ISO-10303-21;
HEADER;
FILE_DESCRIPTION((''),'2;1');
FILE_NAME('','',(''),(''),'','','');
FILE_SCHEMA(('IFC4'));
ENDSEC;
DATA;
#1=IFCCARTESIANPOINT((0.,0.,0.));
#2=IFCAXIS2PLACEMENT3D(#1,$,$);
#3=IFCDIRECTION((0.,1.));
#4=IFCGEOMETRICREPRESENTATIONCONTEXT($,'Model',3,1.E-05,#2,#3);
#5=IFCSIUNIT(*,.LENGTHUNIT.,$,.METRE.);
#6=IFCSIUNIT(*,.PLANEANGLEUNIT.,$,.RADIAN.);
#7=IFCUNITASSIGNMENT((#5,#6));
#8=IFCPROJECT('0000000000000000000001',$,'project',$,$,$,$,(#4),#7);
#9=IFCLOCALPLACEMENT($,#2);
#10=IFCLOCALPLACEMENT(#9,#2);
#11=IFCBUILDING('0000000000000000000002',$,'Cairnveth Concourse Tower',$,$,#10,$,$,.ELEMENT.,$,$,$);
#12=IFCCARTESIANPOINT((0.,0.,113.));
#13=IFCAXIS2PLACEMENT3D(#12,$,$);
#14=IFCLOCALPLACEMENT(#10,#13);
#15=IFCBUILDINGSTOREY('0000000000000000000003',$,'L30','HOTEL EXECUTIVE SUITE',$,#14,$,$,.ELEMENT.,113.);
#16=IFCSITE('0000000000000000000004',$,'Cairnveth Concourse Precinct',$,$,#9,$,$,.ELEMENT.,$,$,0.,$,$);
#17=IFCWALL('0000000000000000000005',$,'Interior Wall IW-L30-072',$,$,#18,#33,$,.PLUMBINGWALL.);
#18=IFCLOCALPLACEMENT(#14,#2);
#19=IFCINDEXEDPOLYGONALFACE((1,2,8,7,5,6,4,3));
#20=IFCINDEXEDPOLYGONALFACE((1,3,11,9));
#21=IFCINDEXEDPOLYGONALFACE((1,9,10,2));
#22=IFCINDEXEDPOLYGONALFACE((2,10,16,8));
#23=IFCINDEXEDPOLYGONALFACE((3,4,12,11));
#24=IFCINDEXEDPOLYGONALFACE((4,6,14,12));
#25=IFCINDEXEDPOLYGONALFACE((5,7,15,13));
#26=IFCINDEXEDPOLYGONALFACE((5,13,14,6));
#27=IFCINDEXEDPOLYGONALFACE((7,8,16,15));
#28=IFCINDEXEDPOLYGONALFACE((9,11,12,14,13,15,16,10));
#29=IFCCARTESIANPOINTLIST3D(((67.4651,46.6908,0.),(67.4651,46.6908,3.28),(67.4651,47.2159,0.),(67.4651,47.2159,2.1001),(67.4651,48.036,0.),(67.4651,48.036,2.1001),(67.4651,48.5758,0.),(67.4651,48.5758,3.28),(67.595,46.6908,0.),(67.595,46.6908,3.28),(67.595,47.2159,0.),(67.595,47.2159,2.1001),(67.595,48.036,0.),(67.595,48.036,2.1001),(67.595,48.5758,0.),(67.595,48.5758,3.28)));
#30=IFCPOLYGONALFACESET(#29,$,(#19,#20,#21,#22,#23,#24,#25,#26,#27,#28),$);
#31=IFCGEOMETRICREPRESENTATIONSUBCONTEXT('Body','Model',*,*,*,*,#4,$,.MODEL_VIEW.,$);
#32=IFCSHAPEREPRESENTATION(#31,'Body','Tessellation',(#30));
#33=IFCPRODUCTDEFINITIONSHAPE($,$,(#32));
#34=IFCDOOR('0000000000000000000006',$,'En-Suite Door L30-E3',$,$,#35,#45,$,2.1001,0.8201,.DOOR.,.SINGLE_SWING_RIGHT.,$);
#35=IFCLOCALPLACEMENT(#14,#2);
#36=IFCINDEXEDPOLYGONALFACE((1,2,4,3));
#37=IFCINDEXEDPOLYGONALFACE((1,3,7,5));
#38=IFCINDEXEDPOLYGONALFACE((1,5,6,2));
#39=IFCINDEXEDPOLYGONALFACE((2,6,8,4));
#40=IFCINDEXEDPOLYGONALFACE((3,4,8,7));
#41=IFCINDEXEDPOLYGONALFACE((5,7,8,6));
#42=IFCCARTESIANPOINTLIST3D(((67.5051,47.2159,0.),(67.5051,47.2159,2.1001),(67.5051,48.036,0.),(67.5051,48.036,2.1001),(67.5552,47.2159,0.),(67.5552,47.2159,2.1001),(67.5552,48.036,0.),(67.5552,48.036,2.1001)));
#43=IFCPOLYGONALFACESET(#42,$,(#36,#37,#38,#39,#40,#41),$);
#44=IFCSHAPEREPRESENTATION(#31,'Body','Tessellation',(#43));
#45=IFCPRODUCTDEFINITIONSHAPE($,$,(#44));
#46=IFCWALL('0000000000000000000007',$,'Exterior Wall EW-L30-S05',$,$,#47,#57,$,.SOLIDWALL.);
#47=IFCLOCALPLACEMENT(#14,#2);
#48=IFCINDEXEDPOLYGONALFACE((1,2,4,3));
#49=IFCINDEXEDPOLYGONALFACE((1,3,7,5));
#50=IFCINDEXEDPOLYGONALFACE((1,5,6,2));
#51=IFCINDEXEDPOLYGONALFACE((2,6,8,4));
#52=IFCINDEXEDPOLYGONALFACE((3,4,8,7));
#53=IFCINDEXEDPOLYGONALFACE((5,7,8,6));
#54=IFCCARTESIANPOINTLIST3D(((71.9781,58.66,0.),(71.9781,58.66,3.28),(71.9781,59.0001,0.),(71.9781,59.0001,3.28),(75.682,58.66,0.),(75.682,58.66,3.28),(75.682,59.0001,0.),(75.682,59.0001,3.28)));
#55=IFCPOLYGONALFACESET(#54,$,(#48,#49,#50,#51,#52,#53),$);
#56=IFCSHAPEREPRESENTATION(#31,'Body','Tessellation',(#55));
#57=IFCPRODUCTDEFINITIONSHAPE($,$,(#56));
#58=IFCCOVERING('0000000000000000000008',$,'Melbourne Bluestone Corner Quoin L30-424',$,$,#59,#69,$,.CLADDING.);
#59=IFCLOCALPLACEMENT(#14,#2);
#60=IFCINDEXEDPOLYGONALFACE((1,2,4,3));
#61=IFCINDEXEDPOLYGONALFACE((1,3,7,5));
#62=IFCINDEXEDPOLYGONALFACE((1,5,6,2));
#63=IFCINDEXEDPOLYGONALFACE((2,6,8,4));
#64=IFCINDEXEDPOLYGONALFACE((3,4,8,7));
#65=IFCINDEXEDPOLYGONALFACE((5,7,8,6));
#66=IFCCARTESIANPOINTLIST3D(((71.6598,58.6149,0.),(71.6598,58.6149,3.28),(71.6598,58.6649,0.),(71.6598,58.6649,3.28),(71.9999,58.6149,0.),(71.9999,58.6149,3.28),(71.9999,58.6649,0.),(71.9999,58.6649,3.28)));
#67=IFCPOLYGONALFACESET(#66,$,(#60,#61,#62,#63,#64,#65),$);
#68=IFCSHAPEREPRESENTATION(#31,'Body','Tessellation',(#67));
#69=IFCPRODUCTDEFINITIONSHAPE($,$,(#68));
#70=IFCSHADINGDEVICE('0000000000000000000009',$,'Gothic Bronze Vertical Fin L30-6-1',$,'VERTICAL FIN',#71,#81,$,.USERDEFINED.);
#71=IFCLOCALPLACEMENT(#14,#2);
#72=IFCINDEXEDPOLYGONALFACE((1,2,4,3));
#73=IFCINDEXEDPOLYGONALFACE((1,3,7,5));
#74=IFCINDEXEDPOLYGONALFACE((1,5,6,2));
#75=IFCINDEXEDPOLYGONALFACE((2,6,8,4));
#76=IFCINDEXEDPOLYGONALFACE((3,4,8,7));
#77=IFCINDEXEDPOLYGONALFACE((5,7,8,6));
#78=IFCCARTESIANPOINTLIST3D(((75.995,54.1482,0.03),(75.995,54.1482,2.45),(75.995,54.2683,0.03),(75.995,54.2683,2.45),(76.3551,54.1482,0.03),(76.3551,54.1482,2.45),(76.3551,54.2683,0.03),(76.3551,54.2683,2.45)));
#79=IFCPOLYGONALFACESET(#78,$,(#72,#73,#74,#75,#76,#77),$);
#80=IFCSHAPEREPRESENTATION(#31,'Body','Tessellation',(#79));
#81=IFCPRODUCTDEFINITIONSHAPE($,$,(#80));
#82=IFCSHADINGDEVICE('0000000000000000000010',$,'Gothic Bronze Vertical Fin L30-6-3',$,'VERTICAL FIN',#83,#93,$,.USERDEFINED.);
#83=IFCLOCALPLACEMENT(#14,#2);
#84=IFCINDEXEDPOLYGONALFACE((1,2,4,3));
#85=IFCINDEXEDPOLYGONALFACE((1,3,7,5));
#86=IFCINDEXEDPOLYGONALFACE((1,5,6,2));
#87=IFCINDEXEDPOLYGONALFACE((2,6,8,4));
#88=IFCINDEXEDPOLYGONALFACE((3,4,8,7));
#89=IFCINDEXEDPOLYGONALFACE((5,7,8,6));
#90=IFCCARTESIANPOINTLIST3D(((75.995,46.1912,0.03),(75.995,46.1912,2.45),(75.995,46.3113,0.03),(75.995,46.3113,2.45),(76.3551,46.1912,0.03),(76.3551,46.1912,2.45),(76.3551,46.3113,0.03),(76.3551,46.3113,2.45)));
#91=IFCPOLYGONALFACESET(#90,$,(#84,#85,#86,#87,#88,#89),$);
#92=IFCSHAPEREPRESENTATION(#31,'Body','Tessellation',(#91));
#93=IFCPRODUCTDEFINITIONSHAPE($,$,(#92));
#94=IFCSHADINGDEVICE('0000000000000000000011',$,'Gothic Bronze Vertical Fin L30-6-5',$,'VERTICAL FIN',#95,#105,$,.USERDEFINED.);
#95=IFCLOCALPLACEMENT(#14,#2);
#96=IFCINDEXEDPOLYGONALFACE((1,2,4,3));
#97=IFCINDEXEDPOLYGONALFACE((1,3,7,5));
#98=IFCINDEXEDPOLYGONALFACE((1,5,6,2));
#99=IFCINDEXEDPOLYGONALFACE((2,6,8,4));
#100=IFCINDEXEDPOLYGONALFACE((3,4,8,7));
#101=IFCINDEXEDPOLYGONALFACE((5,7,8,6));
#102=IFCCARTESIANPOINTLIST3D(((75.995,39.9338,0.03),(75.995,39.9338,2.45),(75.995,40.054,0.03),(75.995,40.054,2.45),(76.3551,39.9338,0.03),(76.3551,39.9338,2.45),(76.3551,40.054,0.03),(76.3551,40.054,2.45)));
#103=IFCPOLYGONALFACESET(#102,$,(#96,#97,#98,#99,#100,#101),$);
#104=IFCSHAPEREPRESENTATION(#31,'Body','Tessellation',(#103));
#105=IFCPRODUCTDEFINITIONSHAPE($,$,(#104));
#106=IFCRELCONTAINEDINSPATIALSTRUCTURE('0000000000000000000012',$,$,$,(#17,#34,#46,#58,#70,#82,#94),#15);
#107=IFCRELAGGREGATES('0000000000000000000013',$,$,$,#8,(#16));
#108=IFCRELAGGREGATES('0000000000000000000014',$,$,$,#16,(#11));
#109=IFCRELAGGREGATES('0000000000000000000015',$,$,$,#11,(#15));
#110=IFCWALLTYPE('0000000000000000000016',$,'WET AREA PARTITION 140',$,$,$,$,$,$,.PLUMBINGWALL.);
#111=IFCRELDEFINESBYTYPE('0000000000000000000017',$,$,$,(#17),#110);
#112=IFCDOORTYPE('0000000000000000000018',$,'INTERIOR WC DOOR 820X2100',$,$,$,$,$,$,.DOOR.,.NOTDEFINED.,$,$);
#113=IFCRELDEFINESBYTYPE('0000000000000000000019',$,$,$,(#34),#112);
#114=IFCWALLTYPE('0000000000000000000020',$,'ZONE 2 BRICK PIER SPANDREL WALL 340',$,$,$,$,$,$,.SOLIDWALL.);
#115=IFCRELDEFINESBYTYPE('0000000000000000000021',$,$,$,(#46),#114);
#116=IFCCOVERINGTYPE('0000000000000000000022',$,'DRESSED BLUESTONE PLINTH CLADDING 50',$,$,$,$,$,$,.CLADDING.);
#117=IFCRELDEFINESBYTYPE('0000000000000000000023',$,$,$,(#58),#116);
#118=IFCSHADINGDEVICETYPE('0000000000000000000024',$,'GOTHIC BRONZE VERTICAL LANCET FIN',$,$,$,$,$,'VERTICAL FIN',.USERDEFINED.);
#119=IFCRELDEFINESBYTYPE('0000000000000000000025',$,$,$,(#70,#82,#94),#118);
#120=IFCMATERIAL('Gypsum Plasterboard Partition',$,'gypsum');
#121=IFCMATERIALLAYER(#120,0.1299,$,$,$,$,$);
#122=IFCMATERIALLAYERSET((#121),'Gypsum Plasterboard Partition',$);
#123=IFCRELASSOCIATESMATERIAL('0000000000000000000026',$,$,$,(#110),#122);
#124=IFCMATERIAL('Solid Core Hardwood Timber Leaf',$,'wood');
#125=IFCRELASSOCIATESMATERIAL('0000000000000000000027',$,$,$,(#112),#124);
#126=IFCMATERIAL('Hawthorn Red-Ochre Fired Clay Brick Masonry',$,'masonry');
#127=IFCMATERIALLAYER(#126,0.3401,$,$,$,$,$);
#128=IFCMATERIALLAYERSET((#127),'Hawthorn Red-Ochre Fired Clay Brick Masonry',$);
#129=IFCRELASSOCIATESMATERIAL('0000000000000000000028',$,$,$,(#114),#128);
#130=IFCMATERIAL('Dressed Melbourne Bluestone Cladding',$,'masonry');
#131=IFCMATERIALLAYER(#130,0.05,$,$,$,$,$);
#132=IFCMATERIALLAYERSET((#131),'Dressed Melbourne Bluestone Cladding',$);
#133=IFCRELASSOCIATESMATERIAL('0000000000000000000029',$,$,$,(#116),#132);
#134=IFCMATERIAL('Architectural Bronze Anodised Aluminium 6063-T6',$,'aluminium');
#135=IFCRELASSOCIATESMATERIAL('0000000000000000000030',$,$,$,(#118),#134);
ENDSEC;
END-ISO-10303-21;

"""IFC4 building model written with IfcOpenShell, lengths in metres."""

from ifc_helpers import new_model, si_unit, direction, frame, frame_2d, origin, origin_2d, place, context, subcontext, project, spatial, rectangle, extrude, material, layer, layer_set, type_object, element, fill, save


model = new_model("IFC4")

# Units and contexts
model_context = context("Model", 3, precision=1e-05, world=origin(), true_north=direction((0.0, 1.0)))
body_context = subcontext(model_context, "Body", "Model", "MODEL_VIEW")
ifc_project = project(units=[si_unit("LENGTHUNIT", "METRE"), si_unit("PLANEANGLEUNIT", "RADIAN")], contexts=[model_context])

# Site, building, storey
site_placement = place(None, origin())
site = spatial("IfcSite", under=ifc_project, at=site_placement, Name="Cairnveth Concourse Precinct", CompositionType="ELEMENT", RefElevation=0.0)
building_placement = place(site_placement, origin())
building = spatial("IfcBuilding", under=site, at=building_placement, Name="Cairnveth Concourse Tower", CompositionType="ELEMENT")
storey_placement = place(building_placement, frame((0.0, 0.0, 113.0)))
storey = spatial("IfcBuildingStorey", under=building, at=storey_placement, Name="L30", Description="HOTEL EXECUTIVE SUITE", CompositionType="ELEMENT", Elevation=113.0)

# Shared definitions
ifc_material_1 = material(Name="Gypsum Plasterboard Partition", Category="gypsum")
ifc_material_2 = material(Name="Solid Core Hardwood Timber Leaf", Category="wood")

# Shared definitions
ifc_layer_1 = layer(ifc_material_1, 0.1299)
ifc_layer_set_1 = layer_set([ifc_layer_1], Name="Gypsum Plasterboard Partition")
wall_type_1 = type_object("IfcWallType", Name="WET AREA PARTITION 140", PredefinedType="PLUMBINGWALL", material=ifc_layer_set_1)

# Wall, opening, door
wall_1_placement = place(storey_placement, frame((67.53, 46.6909, 0.0), z_axis=(0.0, 0.0, 1.0), x_axis=(0.0, 1.0, 0.0)))
wall_1 = element("IfcWall", 1, at=wall_1_placement, inside=storey, type_object=wall_type_1, Name="Interior Wall IW-L30-072", PredefinedType="PLUMBINGWALL", context=body_context, shape_type="SweptSolid", body=[
    extrude(rectangle(XDim=1.885, YDim=0.1299, at=frame_2d((0.9424, 0.0))), origin(), (0.0, 0.0, 1.0), 3.28),
])
opening_1_placement = place(wall_1_placement, frame((0.5249, 0.0, 0.0)))
opening_1 = element("IfcOpeningElement", 2, at=opening_1_placement, cuts=wall_1, PredefinedType="OPENING", context=body_context, shape_type="SweptSolid", body=[
    extrude(rectangle(XDim=0.8201, YDim=2.1001, at=frame_2d((0.4102, 1.05))), frame((0.0, 0.075, 0.0), z_axis=(0.0, -1.0, 0.0), x_axis=(1.0, 0.0, 0.0)), (0.0, 0.0, 1.0), 0.1499),
])
door_type_1 = type_object("IfcDoorType", Name="INTERIOR WC DOOR 820X2100", OperationType="NOTDEFINED", PredefinedType="DOOR", material=ifc_material_2)
door_1_placement = place(opening_1_placement, origin())
door_1 = element("IfcDoor", 3, at=door_1_placement, inside=storey, type_object=door_type_1, Name="En-Suite Door L30-E3", OperationType="SINGLE_SWING_RIGHT", OverallHeight=2.1001, OverallWidth=0.8201, PredefinedType="DOOR", context=body_context, shape_type="SweptSolid", body=[
    extrude(rectangle(XDim=0.8201, YDim=2.1001, at=frame_2d((0.4102, 1.05))), frame((0.0, 0.0249, 0.0), z_axis=(0.0, -1.0, 0.0), x_axis=(1.0, 0.0, 0.0)), (0.0, 0.0, 1.0), 0.05),
])
fill(opening_1, door_1)

# Wall
ifc_material_3 = material(Name="Hawthorn Red-Ochre Fired Clay Brick Masonry", Category="masonry")
ifc_layer_2 = layer(ifc_material_3, 0.3401)
ifc_layer_set_2 = layer_set([ifc_layer_2], Name="Hawthorn Red-Ochre Fired Clay Brick Masonry")
wall_type_2 = type_object("IfcWallType", Name="ZONE 2 BRICK PIER SPANDREL WALL 340", PredefinedType="SOLIDWALL", material=ifc_layer_set_2)
wall_2_placement = place(storey_placement, frame((71.978, 58.8301, 0.0), z_axis=(0.0, 0.0, 1.0), x_axis=(1.0, 0.0, 0.0)))
element("IfcWall", 4, at=wall_2_placement, inside=storey, type_object=wall_type_2, Name="Exterior Wall EW-L30-S05", PredefinedType="SOLIDWALL", context=body_context, shape_type="SweptSolid", body=[
    extrude(rectangle(XDim=3.7039, YDim=0.3401, at=frame_2d((1.8521, 0.0))), origin(), (0.0, 0.0, 1.0), 3.28),
])

# Covering
ifc_material_4 = material(Name="Dressed Melbourne Bluestone Cladding", Category="masonry")
ifc_layer_3 = layer(ifc_material_4, 0.05)
ifc_layer_set_3 = layer_set([ifc_layer_3], Name="Dressed Melbourne Bluestone Cladding")
covering_type = type_object("IfcCoveringType", Name="DRESSED BLUESTONE PLINTH CLADDING 50", PredefinedType="CLADDING", material=ifc_layer_set_3)
covering_placement = place(storey_placement, frame((71.6599, 58.6399, 0.0), z_axis=(0.0, 0.0, 1.0), x_axis=(1.0, 0.0, 0.0)))
element("IfcCovering", 5, at=covering_placement, inside=storey, type_object=covering_type, Name="Melbourne Bluestone Corner Quoin L30-424", PredefinedType="CLADDING", context=body_context, shape_type="SweptSolid", body=[
    extrude(rectangle(XDim=0.3401, YDim=0.05, at=frame_2d((0.1699, 0.0))), origin(), (0.0, 0.0, 1.0), 3.28),
])

# Shading devices
ifc_material_5 = material(Name="Architectural Bronze Anodised Aluminium 6063-T6", Category="aluminium")
shading_device_type = type_object("IfcShadingDeviceType", Name="GOTHIC BRONZE VERTICAL LANCET FIN", ElementType="VERTICAL FIN", PredefinedType="USERDEFINED", material=ifc_material_5)
for number, where, z_axis, x_axis, name in (
    (6, (76.175, 54.2083, 0.03), (0.0, 0.0, 1.0), (0.0, 1.0, 0.0), "Gothic Bronze Vertical Fin L30-6-1"),
    (7, (76.175, 46.2512, 0.03), (0.0, 0.0, 1.0), (0.0, 1.0, 0.0), "Gothic Bronze Vertical Fin L30-6-3"),
    (8, (76.175, 39.9939, 0.03), (0.0, 0.0, 1.0), (0.0, 1.0, 0.0), "Gothic Bronze Vertical Fin L30-6-5"),
):
    element("IfcShadingDevice", number, at=place(storey_placement, frame(where, z_axis=z_axis, x_axis=x_axis)), inside=storey, type_object=shading_device_type, Name=name, ObjectType="VERTICAL FIN", PredefinedType="USERDEFINED", context=body_context, shape_type="SweptSolid", body=[
        extrude(rectangle(XDim=0.1201, YDim=0.3601, at=origin_2d()), origin(), (0.0, 0.0, 1.0), 2.4199),
    ])

save(model, "model.ifc")
